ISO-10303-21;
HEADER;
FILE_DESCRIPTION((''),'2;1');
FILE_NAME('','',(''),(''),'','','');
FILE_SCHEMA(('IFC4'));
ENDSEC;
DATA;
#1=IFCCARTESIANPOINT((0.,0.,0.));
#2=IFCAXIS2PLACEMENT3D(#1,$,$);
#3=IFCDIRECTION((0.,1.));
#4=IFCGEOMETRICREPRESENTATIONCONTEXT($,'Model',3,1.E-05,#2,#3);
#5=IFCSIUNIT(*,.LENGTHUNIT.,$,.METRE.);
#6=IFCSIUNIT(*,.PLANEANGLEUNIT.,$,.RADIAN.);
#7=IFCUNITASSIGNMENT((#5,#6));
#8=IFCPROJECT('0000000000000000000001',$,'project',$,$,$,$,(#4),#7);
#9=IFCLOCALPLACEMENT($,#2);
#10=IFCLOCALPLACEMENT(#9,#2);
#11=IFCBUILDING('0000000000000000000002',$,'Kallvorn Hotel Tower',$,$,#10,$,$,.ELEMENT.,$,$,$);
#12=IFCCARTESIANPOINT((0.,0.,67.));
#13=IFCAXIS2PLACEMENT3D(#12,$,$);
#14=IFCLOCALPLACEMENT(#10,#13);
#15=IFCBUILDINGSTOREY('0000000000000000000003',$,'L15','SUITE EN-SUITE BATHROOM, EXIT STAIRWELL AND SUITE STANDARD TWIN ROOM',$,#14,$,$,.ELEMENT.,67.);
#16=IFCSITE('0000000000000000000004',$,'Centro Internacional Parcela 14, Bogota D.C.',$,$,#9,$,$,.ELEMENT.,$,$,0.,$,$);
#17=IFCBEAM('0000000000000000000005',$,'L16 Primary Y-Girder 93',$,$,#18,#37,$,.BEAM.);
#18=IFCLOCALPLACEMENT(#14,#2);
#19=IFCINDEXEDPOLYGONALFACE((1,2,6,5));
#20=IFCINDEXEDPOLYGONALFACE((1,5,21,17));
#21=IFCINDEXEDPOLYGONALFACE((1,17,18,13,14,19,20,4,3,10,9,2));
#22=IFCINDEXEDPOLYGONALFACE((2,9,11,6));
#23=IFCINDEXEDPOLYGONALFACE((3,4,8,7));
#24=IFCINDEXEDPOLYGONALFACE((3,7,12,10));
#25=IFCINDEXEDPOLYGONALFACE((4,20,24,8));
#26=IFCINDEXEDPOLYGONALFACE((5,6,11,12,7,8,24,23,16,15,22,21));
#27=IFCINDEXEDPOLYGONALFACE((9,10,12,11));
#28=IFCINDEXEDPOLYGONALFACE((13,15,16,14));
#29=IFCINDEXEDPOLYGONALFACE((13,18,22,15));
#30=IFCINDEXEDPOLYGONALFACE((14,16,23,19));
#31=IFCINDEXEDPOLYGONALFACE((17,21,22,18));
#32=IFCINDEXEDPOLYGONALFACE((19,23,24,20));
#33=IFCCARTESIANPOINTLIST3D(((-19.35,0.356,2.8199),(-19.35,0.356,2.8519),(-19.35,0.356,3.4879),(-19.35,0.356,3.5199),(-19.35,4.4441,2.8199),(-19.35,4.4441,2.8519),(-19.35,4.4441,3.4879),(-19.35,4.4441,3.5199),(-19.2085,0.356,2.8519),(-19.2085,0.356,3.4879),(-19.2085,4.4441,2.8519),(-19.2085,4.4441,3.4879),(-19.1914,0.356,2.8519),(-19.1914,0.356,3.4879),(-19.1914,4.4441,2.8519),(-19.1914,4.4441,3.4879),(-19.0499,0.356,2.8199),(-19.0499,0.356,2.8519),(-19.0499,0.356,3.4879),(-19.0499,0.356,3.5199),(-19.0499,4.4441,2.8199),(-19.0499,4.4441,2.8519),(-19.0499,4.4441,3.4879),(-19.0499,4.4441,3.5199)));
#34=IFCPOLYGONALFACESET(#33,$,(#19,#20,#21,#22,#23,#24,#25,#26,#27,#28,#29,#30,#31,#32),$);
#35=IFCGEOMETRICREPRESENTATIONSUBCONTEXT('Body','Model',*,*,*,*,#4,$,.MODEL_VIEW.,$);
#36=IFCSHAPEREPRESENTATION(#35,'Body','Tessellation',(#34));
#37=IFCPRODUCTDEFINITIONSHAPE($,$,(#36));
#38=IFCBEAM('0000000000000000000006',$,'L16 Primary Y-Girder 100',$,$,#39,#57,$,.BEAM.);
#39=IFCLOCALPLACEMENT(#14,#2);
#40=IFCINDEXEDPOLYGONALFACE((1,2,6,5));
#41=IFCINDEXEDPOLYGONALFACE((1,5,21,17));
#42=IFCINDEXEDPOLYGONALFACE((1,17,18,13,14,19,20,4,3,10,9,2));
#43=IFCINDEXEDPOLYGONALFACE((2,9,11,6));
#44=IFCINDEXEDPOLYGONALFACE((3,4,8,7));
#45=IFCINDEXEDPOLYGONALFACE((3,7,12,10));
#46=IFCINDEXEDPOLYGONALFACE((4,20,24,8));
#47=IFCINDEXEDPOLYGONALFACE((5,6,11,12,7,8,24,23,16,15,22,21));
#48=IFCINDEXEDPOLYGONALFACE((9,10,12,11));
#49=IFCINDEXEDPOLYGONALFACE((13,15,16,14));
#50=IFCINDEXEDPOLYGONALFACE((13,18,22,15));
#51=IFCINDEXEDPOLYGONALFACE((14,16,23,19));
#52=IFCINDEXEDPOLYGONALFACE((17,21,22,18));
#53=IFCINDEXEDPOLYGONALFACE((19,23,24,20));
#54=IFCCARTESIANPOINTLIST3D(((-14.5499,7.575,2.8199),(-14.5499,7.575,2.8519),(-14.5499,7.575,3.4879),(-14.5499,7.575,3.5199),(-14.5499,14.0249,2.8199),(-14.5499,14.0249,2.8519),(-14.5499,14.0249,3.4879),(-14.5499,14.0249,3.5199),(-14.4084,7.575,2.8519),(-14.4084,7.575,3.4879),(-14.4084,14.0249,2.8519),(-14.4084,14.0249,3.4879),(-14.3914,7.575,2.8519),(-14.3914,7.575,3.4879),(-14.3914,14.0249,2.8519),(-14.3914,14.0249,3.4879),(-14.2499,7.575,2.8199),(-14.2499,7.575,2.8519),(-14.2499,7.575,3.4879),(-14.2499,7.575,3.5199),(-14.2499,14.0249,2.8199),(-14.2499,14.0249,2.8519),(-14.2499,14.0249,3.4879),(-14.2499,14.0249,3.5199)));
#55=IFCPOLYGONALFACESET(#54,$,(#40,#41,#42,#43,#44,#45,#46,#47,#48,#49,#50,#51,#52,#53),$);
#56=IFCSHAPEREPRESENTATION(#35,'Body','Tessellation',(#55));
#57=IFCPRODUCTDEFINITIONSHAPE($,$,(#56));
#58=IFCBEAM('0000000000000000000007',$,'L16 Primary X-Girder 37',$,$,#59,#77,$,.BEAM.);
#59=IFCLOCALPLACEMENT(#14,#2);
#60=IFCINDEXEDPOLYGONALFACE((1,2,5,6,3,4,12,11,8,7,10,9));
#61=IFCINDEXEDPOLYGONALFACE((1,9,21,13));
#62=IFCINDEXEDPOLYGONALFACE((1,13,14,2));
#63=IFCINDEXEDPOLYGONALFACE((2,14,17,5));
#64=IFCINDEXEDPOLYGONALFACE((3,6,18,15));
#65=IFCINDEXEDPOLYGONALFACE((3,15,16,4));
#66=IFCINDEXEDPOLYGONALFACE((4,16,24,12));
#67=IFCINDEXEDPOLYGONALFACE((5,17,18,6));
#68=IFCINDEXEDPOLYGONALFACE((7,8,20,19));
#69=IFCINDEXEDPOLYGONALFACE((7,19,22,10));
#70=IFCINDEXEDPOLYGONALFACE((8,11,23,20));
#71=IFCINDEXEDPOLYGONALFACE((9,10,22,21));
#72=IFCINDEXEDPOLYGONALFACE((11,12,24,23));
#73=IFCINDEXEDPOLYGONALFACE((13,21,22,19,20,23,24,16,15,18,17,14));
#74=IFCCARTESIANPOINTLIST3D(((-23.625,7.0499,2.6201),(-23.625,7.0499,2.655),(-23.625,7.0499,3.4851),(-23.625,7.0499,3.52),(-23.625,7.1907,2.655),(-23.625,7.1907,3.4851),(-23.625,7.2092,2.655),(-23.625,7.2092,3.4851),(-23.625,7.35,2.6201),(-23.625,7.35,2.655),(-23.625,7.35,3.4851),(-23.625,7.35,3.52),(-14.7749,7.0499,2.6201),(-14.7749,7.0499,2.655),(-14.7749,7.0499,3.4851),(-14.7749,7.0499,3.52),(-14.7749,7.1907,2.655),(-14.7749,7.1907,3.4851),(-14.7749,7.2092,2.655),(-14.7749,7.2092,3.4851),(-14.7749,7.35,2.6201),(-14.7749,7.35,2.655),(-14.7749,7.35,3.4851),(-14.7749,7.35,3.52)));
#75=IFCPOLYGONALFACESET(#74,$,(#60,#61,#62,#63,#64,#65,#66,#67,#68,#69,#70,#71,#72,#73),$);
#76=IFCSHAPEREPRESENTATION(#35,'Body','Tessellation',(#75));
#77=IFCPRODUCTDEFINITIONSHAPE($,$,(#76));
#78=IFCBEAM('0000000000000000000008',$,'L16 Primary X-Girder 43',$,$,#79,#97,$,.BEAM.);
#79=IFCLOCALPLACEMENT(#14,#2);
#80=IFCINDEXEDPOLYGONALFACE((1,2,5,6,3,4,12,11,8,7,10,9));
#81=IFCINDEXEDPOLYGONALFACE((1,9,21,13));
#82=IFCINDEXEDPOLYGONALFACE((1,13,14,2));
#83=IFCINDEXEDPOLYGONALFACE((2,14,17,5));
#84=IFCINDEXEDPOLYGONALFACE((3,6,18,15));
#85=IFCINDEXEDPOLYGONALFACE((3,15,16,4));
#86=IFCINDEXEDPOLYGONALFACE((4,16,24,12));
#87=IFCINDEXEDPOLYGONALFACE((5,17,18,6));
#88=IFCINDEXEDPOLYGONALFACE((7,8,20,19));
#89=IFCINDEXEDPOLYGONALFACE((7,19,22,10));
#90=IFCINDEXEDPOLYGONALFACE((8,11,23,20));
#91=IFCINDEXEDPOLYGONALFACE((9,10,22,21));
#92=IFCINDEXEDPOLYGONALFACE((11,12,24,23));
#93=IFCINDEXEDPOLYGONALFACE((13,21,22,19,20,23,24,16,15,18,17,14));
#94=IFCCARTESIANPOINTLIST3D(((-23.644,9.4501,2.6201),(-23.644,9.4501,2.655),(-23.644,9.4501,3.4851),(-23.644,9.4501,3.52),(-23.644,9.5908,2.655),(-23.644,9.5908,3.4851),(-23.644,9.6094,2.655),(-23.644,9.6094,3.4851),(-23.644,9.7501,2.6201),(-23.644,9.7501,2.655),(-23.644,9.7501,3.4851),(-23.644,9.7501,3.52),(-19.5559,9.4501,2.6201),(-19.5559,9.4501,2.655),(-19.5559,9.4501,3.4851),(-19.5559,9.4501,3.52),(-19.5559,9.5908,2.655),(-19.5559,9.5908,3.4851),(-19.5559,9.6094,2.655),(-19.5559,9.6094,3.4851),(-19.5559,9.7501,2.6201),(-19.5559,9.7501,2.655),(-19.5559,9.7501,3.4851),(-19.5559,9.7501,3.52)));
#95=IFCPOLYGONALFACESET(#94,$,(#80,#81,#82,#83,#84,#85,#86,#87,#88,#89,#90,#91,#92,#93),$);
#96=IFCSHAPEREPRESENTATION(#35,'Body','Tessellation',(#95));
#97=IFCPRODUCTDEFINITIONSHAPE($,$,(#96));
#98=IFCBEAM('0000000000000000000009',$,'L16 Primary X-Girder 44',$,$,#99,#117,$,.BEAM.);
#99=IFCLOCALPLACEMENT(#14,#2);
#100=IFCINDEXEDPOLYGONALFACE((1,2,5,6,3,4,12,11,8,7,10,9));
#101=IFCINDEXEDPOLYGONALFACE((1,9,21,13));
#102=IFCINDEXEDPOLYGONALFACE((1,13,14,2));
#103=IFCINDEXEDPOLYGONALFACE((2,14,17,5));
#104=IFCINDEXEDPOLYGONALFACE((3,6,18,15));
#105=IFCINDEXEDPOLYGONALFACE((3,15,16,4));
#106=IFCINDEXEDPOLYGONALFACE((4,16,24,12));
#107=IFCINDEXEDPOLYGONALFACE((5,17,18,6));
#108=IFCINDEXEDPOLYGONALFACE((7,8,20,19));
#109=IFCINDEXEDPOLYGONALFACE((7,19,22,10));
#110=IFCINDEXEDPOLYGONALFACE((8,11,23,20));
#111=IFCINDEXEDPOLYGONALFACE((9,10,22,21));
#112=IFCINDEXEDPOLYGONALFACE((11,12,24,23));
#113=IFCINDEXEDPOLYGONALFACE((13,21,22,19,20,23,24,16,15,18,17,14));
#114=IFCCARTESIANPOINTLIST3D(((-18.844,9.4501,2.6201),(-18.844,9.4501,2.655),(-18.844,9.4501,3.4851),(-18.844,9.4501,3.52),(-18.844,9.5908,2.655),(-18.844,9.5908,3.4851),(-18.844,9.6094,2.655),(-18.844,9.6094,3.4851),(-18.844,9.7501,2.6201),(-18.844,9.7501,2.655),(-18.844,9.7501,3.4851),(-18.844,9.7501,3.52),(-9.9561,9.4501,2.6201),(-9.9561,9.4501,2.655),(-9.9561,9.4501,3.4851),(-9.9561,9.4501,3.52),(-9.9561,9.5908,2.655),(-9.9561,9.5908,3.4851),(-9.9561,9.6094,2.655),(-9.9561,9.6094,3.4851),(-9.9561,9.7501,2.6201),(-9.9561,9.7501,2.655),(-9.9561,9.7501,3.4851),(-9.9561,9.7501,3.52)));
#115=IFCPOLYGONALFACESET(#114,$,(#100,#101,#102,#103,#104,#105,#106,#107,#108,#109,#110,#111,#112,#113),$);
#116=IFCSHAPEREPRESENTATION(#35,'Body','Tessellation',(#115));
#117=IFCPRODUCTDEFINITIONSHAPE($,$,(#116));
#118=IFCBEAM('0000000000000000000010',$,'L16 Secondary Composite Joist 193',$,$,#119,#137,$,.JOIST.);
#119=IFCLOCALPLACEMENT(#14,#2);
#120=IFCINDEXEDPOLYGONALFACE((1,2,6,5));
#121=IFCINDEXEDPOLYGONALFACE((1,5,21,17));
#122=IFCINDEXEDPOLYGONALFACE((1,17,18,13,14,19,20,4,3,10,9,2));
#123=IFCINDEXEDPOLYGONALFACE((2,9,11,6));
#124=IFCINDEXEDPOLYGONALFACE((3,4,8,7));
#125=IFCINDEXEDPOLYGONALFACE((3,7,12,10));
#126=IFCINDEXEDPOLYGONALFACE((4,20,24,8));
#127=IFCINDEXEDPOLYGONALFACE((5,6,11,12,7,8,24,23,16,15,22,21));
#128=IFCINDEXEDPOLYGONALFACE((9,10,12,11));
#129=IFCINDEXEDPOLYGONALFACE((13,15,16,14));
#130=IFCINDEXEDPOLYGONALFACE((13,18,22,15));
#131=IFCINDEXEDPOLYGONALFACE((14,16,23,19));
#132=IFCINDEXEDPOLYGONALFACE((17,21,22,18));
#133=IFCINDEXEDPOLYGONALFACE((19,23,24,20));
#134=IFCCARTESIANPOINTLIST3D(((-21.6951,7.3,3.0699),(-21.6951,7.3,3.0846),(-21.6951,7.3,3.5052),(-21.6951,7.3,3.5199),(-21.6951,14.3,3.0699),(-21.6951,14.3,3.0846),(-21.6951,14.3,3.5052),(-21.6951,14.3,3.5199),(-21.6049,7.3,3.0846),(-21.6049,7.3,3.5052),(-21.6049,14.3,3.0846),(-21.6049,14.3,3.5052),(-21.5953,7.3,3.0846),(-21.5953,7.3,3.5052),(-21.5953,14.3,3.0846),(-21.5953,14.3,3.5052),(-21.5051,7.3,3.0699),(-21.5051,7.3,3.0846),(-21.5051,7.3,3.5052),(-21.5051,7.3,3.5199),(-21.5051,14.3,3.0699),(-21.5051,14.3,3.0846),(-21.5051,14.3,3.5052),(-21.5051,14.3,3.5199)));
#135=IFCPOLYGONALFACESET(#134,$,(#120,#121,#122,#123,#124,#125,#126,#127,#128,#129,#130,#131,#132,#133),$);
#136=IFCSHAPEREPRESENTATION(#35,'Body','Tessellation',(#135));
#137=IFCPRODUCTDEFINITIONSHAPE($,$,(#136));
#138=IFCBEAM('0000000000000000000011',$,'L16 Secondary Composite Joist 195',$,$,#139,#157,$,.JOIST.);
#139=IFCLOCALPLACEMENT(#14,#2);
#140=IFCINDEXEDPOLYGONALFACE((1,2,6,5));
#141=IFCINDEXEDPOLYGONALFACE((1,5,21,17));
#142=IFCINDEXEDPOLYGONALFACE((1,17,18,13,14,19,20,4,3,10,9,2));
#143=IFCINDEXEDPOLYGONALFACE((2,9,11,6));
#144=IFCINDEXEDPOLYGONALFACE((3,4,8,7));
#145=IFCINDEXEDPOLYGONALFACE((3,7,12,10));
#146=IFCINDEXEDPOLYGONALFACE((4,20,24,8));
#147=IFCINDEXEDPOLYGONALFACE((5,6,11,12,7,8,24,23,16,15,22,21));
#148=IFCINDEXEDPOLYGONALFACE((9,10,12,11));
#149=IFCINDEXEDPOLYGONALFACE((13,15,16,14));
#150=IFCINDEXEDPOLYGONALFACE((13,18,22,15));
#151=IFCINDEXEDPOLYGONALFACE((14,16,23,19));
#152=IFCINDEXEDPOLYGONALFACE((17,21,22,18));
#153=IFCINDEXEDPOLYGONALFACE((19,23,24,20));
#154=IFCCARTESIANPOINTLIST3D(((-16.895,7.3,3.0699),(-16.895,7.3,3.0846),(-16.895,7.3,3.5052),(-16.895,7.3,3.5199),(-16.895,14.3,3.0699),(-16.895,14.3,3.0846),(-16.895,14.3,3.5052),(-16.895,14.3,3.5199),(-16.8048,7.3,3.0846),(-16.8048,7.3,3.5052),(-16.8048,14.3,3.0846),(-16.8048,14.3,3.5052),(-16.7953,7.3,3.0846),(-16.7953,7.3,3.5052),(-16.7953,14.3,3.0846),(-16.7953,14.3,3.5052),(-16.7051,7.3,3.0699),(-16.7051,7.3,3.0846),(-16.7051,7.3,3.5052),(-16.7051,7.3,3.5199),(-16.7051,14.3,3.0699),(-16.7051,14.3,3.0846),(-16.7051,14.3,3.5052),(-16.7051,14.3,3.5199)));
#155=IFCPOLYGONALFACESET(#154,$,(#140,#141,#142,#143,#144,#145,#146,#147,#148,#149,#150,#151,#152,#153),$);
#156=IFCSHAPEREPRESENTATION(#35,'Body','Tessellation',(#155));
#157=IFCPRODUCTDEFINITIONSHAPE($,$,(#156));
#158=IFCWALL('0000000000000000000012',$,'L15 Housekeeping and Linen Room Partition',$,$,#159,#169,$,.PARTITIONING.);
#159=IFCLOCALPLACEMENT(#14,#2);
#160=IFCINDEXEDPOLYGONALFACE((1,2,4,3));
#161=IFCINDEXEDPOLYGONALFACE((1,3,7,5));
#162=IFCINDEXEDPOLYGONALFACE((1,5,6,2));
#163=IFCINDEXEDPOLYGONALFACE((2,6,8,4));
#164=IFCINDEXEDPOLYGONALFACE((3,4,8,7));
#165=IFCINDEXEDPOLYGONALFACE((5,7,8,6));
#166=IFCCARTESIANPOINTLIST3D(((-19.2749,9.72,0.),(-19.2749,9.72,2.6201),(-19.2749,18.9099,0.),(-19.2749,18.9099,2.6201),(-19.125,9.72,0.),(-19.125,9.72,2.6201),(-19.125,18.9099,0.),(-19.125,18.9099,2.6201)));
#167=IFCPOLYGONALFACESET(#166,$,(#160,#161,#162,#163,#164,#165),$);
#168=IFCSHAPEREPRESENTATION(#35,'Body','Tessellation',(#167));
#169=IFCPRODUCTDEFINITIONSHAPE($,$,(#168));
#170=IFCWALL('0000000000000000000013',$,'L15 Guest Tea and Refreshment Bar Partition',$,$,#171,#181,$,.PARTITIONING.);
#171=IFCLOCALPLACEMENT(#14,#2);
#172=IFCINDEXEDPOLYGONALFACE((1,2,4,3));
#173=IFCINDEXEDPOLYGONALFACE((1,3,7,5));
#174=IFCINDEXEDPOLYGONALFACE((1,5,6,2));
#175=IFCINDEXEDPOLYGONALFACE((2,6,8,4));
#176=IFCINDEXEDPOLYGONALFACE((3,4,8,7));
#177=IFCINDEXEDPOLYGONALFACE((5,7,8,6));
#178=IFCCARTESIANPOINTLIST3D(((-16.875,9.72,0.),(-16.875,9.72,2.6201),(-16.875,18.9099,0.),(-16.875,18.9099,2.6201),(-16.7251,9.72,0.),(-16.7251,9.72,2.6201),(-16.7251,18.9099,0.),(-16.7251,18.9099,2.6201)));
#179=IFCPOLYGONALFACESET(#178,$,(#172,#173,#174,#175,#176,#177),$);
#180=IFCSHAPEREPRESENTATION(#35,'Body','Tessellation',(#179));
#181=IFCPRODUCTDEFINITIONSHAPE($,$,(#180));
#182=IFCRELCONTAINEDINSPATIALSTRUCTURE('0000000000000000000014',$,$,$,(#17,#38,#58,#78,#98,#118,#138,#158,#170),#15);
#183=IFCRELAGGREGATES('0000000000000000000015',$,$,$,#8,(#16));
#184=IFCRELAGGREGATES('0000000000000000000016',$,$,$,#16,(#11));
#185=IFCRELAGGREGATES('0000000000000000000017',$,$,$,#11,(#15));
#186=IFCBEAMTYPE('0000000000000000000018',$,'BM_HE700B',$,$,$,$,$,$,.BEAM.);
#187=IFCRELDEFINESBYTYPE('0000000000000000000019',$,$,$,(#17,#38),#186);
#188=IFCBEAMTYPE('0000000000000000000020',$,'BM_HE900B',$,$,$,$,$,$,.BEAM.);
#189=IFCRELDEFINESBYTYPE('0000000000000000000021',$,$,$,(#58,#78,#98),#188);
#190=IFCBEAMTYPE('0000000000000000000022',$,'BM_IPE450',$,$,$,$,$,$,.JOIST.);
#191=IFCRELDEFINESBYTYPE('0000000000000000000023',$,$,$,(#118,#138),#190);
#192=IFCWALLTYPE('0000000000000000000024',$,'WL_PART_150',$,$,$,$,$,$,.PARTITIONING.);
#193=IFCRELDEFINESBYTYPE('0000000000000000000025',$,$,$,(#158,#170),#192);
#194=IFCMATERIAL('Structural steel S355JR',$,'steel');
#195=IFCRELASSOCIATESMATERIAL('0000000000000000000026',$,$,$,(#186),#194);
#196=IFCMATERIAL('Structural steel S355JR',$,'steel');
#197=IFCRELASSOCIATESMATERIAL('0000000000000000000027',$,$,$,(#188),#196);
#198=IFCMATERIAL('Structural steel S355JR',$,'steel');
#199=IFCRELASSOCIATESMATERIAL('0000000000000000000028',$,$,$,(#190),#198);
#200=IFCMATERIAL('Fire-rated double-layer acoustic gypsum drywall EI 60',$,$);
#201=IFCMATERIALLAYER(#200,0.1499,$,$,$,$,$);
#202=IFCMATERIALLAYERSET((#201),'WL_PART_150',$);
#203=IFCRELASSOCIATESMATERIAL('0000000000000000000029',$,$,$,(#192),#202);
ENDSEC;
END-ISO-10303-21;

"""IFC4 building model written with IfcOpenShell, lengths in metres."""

from ifc_helpers import new_model, si_unit, direction, frame, frame_2d, origin, origin_2d, place, context, subcontext, project, spatial, rectangle, i_section, extrude, material, layer, layer_set, material_profile, profile_set, type_object, element, save


model = new_model("IFC4")

# Units and contexts
model_context = context("Model", 3, precision=1e-05, world=origin(), true_north=direction((0.0, 1.0)))
body_context = subcontext(model_context, "Body", "Model", "MODEL_VIEW")
ifc_project = project(units=[si_unit("LENGTHUNIT", "METRE"), si_unit("PLANEANGLEUNIT", "RADIAN")], contexts=[model_context])

# Site, building, storey
site_placement = place(None, origin())
site = spatial("IfcSite", under=ifc_project, at=site_placement, Name="Centro Internacional Parcela 14, Bogota D.C.", CompositionType="ELEMENT", RefElevation=0.0)
building_placement = place(site_placement, origin())
building = spatial("IfcBuilding", under=site, at=building_placement, Name="Kallvorn Hotel Tower", CompositionType="ELEMENT")
storey_placement = place(building_placement, frame((0.0, 0.0, 67.0)))
storey = spatial("IfcBuildingStorey", under=building, at=storey_placement, Name="L15", Description="SUITE EN-SUITE BATHROOM, EXIT STAIRWELL AND SUITE STANDARD TWIN ROOM", CompositionType="ELEMENT", Elevation=67.0)

# Beams
ifc_material_1 = material(Name="Structural steel S355JR", Category="steel")
ifc_material_profile_1 = material_profile(ifc_material_1, i_section(OverallWidth=0.3, OverallDepth=0.7, WebThickness=0.0171, FlangeThickness=0.032, at=origin_2d()), Name="HE 700 B")
ifc_profile_set_1 = profile_set([ifc_material_profile_1], Name="Structural steel S355JR")
beam_type_1 = type_object("IfcBeamType", Name="BM_HE700B", PredefinedType="BEAM", material=ifc_profile_set_1)
beam_1_placement = place(storey_placement, frame((-19.2, 0.356, 3.1699), z_axis=(0.0, 1.0, 0.0), x_axis=(-1.0, 0.0, 0.0)))
element("IfcBeam", 1, at=beam_1_placement, inside=storey, type_object=beam_type_1, Name="L16 Primary Y-Girder 93", PredefinedType="BEAM", context=body_context, shape_type="SweptSolid", body=[
    extrude(i_section(OverallWidth=0.3, OverallDepth=0.7, WebThickness=0.0171, FlangeThickness=0.032, at=origin_2d()), origin(), (0.0, 0.0, 1.0), 4.0881),
])
beam_2_placement = place(storey_placement, frame((-14.3999, 7.575, 3.1699), z_axis=(0.0, 1.0, 0.0), x_axis=(-1.0, 0.0, 0.0)))
element("IfcBeam", 2, at=beam_2_placement, inside=storey, type_object=beam_type_1, Name="L16 Primary Y-Girder 100", PredefinedType="BEAM", context=body_context, shape_type="SweptSolid", body=[
    extrude(i_section(OverallWidth=0.3, OverallDepth=0.7, WebThickness=0.0171, FlangeThickness=0.032, at=origin_2d()), origin(), (0.0, 0.0, 1.0), 6.45),
])
ifc_material_2 = material(Name="Structural steel S355JR", Category="steel")
ifc_material_profile_2 = material_profile(ifc_material_2, i_section(OverallWidth=0.3, OverallDepth=0.8999, WebThickness=0.0186, FlangeThickness=0.0349, at=origin_2d()), Name="HE 900 B")
ifc_profile_set_2 = profile_set([ifc_material_profile_2], Name="Structural steel S355JR")
beam_type_2 = type_object("IfcBeamType", Name="BM_HE900B", PredefinedType="BEAM", material=ifc_profile_set_2)
beam_3_placement = place(storey_placement, frame((-23.625, 7.2, 3.0701), z_axis=(1.0, 0.0, 0.0), x_axis=(0.0, 1.0, 0.0)))
element("IfcBeam", 3, at=beam_3_placement, inside=storey, type_object=beam_type_2, Name="L16 Primary X-Girder 37", PredefinedType="BEAM", context=body_context, shape_type="SweptSolid", body=[
    extrude(i_section(OverallWidth=0.3, OverallDepth=0.8999, WebThickness=0.0186, FlangeThickness=0.0349, at=origin_2d()), origin(), (0.0, 0.0, 1.0), 8.8501),
])
beam_4_placement = place(storey_placement, frame((-23.644, 9.6001, 3.0701), z_axis=(1.0, 0.0, 0.0), x_axis=(0.0, 1.0, 0.0)))
element("IfcBeam", 4, at=beam_4_placement, inside=storey, type_object=beam_type_2, Name="L16 Primary X-Girder 43", PredefinedType="BEAM", context=body_context, shape_type="SweptSolid", body=[
    extrude(i_section(OverallWidth=0.3, OverallDepth=0.8999, WebThickness=0.0186, FlangeThickness=0.0349, at=origin_2d()), origin(), (0.0, 0.0, 1.0), 4.0881),
])
beam_5_placement = place(storey_placement, frame((-18.844, 9.6001, 3.0701), z_axis=(1.0, 0.0, 0.0), x_axis=(0.0, 1.0, 0.0)))
element("IfcBeam", 5, at=beam_5_placement, inside=storey, type_object=beam_type_2, Name="L16 Primary X-Girder 44", PredefinedType="BEAM", context=body_context, shape_type="SweptSolid", body=[
    extrude(i_section(OverallWidth=0.3, OverallDepth=0.8999, WebThickness=0.0186, FlangeThickness=0.0349, at=origin_2d()), origin(), (0.0, 0.0, 1.0), 8.8879),
])
ifc_material_3 = material(Name="Structural steel S355JR", Category="steel")
ifc_material_profile_3 = material_profile(ifc_material_3, i_section(OverallWidth=0.1899, OverallDepth=0.45, WebThickness=0.0095, FlangeThickness=0.0146, at=origin_2d()), Name="IPE 450")
ifc_profile_set_3 = profile_set([ifc_material_profile_3], Name="Structural steel S355JR")
beam_type_3 = type_object("IfcBeamType", Name="BM_IPE450", PredefinedType="JOIST", material=ifc_profile_set_3)
for number, where, z_axis, x_axis, name in (
    (6, (-21.6001, 7.3, 3.2949), (0.0, 1.0, 0.0), (-1.0, 0.0, 0.0), "L16 Secondary Composite Joist 193"),
    (7, (-16.8, 7.3, 3.2949), (0.0, 1.0, 0.0), (-1.0, 0.0, 0.0), "L16 Secondary Composite Joist 195"),
):
    element("IfcBeam", number, at=place(storey_placement, frame(where, z_axis=z_axis, x_axis=x_axis)), inside=storey, type_object=beam_type_3, Name=name, PredefinedType="JOIST", context=body_context, shape_type="SweptSolid", body=[
        extrude(i_section(OverallWidth=0.1899, OverallDepth=0.45, WebThickness=0.0095, FlangeThickness=0.0146, at=origin_2d()), origin(), (0.0, 0.0, 1.0), 7.0),
    ])

# Walls
ifc_material_4 = material(Name="Fire-rated double-layer acoustic gypsum drywall EI 60")
ifc_layer = layer(ifc_material_4, 0.1499)
ifc_layer_set = layer_set([ifc_layer], Name="WL_PART_150")
wall_type = type_object("IfcWallType", Name="WL_PART_150", PredefinedType="PARTITIONING", material=ifc_layer_set)
for number, where, z_axis, x_axis, name in (
    (8, (-19.2, 9.72, 0.0), (0.0, 0.0, 1.0), (0.0, 1.0, 0.0), "L15 Housekeeping and Linen Room Partition"),
    (9, (-16.8, 9.72, 0.0), (0.0, 0.0, 1.0), (0.0, 1.0, 0.0), "L15 Guest Tea and Refreshment Bar Partition"),
):
    element("IfcWall", number, at=place(storey_placement, frame(where, z_axis=z_axis, x_axis=x_axis)), inside=storey, type_object=wall_type, Name=name, PredefinedType="PARTITIONING", context=body_context, shape_type="SweptSolid", body=[
        extrude(rectangle(XDim=9.1899, YDim=0.1499, at=frame_2d((4.595, 0.0))), origin(), (0.0, 0.0, 1.0), 2.6201),
    ])

save(model, "model.ifc")
